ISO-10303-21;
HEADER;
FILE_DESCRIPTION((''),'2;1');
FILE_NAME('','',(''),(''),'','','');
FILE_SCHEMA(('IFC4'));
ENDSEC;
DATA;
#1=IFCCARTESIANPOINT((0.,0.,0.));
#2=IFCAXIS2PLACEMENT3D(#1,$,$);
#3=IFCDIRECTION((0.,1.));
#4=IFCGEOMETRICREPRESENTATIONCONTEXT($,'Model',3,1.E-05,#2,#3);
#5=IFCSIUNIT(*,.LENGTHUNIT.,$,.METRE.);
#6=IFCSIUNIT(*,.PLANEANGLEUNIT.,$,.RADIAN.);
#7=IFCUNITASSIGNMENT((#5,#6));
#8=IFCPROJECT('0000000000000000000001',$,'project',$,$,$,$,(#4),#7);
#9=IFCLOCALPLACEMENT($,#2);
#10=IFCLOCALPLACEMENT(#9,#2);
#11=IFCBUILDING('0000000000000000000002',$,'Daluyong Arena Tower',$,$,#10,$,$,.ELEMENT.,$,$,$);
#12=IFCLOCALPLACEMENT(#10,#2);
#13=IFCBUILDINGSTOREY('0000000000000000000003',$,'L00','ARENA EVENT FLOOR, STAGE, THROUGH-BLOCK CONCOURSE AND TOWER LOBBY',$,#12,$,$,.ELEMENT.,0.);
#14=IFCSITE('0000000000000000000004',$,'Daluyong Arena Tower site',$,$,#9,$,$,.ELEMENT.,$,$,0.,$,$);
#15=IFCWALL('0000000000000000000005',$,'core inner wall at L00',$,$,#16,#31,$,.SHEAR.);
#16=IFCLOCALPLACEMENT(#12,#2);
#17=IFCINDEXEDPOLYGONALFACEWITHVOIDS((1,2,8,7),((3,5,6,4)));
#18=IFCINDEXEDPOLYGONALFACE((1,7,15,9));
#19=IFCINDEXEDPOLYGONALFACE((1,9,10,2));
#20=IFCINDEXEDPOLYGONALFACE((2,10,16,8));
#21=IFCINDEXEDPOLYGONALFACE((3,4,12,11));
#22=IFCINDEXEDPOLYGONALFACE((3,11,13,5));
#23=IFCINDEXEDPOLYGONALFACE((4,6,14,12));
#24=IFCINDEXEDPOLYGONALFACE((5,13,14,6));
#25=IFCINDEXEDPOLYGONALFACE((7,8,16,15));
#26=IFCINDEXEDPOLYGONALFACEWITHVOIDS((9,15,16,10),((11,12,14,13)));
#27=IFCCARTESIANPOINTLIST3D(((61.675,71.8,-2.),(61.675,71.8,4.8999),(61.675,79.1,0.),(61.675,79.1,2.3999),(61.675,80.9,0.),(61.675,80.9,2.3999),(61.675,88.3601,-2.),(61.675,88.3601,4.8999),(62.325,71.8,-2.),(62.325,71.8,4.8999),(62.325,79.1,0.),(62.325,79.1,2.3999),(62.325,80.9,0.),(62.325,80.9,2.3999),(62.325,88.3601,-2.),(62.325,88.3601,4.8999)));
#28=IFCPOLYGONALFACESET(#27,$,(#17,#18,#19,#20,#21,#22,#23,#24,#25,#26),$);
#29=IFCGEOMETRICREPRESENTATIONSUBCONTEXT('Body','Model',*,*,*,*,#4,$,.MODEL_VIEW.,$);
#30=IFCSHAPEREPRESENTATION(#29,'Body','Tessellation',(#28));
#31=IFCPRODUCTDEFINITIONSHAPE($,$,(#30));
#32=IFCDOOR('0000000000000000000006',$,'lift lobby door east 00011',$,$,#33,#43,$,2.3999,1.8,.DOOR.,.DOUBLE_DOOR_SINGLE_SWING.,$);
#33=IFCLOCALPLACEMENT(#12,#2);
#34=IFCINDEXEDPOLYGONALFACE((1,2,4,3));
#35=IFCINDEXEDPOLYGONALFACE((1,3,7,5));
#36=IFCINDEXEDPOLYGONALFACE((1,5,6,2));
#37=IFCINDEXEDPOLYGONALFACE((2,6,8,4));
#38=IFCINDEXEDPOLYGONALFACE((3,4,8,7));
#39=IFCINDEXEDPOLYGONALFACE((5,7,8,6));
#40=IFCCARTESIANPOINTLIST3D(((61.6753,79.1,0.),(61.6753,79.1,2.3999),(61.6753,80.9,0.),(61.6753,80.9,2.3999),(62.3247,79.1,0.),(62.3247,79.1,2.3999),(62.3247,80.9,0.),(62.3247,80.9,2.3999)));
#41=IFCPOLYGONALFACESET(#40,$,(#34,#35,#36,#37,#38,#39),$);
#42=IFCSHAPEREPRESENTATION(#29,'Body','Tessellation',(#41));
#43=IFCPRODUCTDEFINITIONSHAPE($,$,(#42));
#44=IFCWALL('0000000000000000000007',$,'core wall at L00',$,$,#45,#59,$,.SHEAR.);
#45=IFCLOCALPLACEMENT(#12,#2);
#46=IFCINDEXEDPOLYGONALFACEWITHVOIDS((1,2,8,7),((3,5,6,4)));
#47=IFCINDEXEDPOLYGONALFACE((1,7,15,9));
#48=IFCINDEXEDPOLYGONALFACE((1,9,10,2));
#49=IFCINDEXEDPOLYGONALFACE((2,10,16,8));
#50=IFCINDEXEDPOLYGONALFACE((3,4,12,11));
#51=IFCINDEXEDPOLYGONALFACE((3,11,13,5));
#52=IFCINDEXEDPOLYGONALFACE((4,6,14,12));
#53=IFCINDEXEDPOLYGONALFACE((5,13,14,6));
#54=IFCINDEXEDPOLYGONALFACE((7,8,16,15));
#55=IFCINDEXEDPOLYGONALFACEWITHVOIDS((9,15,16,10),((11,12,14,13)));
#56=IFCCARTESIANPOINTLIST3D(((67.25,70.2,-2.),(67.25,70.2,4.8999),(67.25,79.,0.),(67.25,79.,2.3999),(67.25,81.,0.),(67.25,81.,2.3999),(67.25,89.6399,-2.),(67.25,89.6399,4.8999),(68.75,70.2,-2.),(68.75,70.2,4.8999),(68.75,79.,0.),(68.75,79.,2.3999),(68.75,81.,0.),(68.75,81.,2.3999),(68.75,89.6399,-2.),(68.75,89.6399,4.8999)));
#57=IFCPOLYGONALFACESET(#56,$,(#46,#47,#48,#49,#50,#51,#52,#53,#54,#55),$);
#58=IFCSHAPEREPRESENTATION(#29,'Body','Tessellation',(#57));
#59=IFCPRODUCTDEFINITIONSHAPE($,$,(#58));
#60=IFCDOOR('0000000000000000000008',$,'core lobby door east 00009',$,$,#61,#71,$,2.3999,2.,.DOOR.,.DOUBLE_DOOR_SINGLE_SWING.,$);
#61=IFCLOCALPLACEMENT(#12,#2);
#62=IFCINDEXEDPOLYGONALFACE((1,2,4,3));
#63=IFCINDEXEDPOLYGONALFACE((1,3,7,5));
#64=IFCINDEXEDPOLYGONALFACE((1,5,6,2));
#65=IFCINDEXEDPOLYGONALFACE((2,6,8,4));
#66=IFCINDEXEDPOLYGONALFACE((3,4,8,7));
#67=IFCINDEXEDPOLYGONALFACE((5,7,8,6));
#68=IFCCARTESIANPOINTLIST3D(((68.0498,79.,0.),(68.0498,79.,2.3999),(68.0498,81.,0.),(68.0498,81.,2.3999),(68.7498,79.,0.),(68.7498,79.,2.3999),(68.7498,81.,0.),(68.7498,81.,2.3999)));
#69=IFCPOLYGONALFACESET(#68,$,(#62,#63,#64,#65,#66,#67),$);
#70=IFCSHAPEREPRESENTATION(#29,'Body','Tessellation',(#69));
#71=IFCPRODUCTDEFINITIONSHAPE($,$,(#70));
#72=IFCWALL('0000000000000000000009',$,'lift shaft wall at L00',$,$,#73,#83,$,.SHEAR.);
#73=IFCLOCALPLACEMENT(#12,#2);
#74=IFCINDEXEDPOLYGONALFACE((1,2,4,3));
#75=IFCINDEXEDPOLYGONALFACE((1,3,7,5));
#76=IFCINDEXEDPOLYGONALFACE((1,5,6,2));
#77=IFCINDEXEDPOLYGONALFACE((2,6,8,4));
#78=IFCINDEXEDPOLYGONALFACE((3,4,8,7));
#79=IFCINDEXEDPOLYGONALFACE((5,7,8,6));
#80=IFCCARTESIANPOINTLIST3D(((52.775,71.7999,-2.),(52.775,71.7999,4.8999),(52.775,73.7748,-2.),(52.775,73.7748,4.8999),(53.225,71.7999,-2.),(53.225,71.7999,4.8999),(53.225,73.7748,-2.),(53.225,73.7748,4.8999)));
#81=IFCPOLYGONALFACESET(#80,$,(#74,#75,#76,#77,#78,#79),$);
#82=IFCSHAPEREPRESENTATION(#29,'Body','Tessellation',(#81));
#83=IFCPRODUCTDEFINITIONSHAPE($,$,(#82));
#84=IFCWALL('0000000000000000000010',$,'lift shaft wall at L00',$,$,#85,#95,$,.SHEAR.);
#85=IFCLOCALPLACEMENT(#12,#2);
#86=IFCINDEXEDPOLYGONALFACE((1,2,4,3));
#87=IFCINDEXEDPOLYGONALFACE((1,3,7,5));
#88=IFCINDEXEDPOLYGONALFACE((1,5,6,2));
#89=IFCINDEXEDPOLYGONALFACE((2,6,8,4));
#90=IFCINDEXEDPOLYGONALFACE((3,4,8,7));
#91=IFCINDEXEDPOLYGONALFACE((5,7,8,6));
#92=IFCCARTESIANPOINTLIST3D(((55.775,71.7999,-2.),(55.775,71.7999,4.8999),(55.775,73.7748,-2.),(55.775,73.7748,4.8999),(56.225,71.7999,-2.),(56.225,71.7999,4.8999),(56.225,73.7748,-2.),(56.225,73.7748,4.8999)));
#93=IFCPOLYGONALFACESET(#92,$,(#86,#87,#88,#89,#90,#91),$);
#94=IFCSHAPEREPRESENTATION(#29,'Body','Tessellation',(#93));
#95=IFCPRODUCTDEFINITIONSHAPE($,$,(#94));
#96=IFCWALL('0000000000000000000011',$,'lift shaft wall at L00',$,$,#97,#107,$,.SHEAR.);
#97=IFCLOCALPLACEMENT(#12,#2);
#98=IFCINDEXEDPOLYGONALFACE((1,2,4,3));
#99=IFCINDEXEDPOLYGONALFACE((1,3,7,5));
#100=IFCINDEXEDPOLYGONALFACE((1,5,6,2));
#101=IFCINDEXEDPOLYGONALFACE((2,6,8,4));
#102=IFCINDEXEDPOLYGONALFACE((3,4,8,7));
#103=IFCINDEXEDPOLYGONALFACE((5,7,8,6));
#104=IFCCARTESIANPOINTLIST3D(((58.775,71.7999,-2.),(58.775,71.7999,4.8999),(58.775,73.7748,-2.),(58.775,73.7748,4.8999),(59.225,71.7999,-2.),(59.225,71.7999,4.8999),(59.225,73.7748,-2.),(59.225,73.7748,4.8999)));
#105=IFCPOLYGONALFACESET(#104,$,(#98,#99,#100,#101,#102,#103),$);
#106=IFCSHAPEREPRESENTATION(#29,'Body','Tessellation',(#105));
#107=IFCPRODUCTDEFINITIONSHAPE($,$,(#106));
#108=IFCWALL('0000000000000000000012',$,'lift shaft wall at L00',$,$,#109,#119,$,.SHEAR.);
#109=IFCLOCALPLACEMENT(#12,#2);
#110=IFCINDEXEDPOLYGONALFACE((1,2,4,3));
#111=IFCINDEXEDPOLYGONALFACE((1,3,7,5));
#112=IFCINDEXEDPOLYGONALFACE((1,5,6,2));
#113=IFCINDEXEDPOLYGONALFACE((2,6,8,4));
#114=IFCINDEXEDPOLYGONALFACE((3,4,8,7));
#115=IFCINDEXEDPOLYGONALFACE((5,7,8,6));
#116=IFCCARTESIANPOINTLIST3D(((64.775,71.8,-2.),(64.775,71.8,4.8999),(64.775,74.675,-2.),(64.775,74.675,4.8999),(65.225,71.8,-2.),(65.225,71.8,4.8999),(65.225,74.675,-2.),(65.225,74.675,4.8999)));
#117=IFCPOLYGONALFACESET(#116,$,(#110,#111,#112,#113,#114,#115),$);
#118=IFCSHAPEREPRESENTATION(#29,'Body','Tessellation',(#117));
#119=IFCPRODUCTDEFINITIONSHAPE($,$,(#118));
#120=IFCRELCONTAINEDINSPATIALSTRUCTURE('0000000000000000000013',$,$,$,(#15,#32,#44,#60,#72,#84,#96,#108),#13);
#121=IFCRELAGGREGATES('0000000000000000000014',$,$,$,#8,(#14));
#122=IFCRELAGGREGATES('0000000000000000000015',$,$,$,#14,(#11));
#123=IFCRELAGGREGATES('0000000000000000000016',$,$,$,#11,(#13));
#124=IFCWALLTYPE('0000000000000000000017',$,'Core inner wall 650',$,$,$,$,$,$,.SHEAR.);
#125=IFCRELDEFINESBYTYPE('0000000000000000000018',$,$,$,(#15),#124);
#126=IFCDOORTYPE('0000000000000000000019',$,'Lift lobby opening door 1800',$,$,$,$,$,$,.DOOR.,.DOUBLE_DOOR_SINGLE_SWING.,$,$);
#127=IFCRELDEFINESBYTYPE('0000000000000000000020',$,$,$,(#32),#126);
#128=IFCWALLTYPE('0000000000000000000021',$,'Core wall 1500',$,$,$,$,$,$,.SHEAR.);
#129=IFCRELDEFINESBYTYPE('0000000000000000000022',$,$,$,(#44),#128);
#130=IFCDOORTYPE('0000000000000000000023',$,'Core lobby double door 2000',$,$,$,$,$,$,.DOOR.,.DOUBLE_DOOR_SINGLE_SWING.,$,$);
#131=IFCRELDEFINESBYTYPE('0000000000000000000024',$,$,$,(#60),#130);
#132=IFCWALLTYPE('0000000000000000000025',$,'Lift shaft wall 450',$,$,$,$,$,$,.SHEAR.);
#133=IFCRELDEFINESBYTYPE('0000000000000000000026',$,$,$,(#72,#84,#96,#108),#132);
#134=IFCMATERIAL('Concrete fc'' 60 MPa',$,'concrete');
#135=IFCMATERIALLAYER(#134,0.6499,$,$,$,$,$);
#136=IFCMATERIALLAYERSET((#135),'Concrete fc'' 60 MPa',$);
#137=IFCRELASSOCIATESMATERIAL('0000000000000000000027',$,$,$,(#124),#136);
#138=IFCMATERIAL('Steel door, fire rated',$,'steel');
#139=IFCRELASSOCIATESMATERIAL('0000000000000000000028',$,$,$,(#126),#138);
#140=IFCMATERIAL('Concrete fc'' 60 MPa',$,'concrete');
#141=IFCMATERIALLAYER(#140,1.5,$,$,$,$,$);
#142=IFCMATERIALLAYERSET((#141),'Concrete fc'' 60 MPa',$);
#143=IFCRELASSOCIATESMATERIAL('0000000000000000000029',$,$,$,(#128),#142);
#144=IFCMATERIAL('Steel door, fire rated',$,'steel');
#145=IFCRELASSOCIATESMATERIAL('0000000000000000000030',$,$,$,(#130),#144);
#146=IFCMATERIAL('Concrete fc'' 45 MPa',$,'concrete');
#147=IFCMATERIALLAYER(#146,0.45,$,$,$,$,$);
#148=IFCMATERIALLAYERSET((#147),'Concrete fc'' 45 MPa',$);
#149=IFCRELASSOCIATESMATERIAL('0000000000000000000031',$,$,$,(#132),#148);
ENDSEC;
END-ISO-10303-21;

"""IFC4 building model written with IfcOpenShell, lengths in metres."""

from ifc_helpers import new_model, si_unit, direction, frame, frame_2d, origin, place, context, subcontext, project, spatial, rectangle, extrude, material, layer, layer_set, type_object, element, fill, save


model = new_model("IFC4")

# Units and contexts
model_context = context("Model", 3, precision=1e-05, world=origin(), true_north=direction((0.0, 1.0)))
body_context = subcontext(model_context, "Body", "Model", "MODEL_VIEW")
ifc_project = project(units=[si_unit("LENGTHUNIT", "METRE"), si_unit("PLANEANGLEUNIT", "RADIAN")], contexts=[model_context])

# Site, building, storey
site_placement = place(None, origin())
site = spatial("IfcSite", under=ifc_project, at=site_placement, Name="Daluyong Arena Tower site", CompositionType="ELEMENT", RefElevation=0.0)
building_placement = place(site_placement, origin())
building = spatial("IfcBuilding", under=site, at=building_placement, Name="Daluyong Arena Tower", CompositionType="ELEMENT")
storey_placement = place(building_placement, origin())
storey = spatial("IfcBuildingStorey", under=building, at=storey_placement, Name="L00", Description="ARENA EVENT FLOOR, STAGE, THROUGH-BLOCK CONCOURSE AND TOWER LOBBY", CompositionType="ELEMENT", Elevation=0.0)

# Walls, openings, doors
ifc_material_1 = material(Name="Concrete fc' 60 MPa", Category="concrete")
ifc_layer_1 = layer(ifc_material_1, 0.6499)
ifc_layer_set_1 = layer_set([ifc_layer_1], Name="Concrete fc' 60 MPa")
wall_type_1 = type_object("IfcWallType", Name="Core inner wall 650", PredefinedType="SHEAR", material=ifc_layer_set_1)
ifc_material_2 = material(Name="Steel door, fire rated", Category="steel")
door_type_1 = type_object("IfcDoorType", Name="Lift lobby opening door 1800", OperationType="DOUBLE_DOOR_SINGLE_SWING", PredefinedType="DOOR", material=ifc_material_2)
wall_1_placement = place(storey_placement, frame((62.0, 71.8, -2.0), z_axis=(0.0, 0.0, 1.0), x_axis=(0.0, 1.0, 0.0)))
wall_1 = element("IfcWall", 1, at=wall_1_placement, inside=storey, type_object=wall_type_1, Name="core inner wall at L00", PredefinedType="SHEAR", context=body_context, shape_type="SweptSolid", body=[
    extrude(rectangle(XDim=16.5601, YDim=0.6499, at=frame_2d((8.28, 0.0))), origin(), (0.0, 0.0, 1.0), 6.8999),
])
opening_1_placement = place(wall_1_placement, frame((7.3, 0.0, 2.0)))
opening_1 = element("IfcOpeningElement", 2, at=opening_1_placement, cuts=wall_1, PredefinedType="OPENING", context=body_context, shape_type="SweptSolid", body=[
    extrude(rectangle(XDim=1.8, YDim=2.3999, at=frame_2d((0.8999, 1.2))), frame((0.0, 0.335, 0.0), z_axis=(0.0, -1.0, 0.0), x_axis=(1.0, 0.0, 0.0)), (0.0, 0.0, 1.0), 0.6699),
])
door_1_placement = place(opening_1_placement, origin())
door_1 = element("IfcDoor", 3, at=door_1_placement, inside=storey, type_object=door_type_1, Name="lift lobby door east 00011", OperationType="DOUBLE_DOOR_SINGLE_SWING", OverallHeight=2.3999, OverallWidth=1.8, PredefinedType="DOOR", context=body_context, shape_type="SweptSolid", body=[
    extrude(rectangle(XDim=1.8, YDim=2.3999, at=frame_2d((0.8999, 1.2))), frame((0.0, 0.3247, 0.0), z_axis=(0.0, -1.0, 0.0), x_axis=(1.0, 0.0, 0.0)), (0.0, 0.0, 1.0), 0.6494),
])
fill(opening_1, door_1)
ifc_material_3 = material(Name="Concrete fc' 60 MPa", Category="concrete")
ifc_layer_2 = layer(ifc_material_3, 1.5)
ifc_layer_set_2 = layer_set([ifc_layer_2], Name="Concrete fc' 60 MPa")
wall_type_2 = type_object("IfcWallType", Name="Core wall 1500", PredefinedType="SHEAR", material=ifc_layer_set_2)
wall_2_placement = place(storey_placement, frame((68.0, 70.2, -2.0), z_axis=(0.0, 0.0, 1.0), x_axis=(0.0, 1.0, 0.0)))
wall_2 = element("IfcWall", 4, at=wall_2_placement, inside=storey, type_object=wall_type_2, Name="core wall at L00", PredefinedType="SHEAR", context=body_context, shape_type="SweptSolid", body=[
    extrude(rectangle(XDim=19.4399, YDim=1.5, at=frame_2d((9.72, 0.0))), origin(), (0.0, 0.0, 1.0), 6.8999),
])
opening_2_placement = place(wall_2_placement, frame((8.8, 0.0, 2.0)))
opening_2 = element("IfcOpeningElement", 5, at=opening_2_placement, cuts=wall_2, PredefinedType="OPENING", context=body_context, shape_type="SweptSolid", body=[
    extrude(rectangle(XDim=2.0, YDim=2.3999, at=frame_2d((1.0, 1.2))), frame((0.0, 0.76, 0.0), z_axis=(0.0, -1.0, 0.0), x_axis=(1.0, 0.0, 0.0)), (0.0, 0.0, 1.0), 1.52),
])
ifc_material_4 = material(Name="Steel door, fire rated", Category="steel")
door_type_2 = type_object("IfcDoorType", Name="Core lobby double door 2000", OperationType="DOUBLE_DOOR_SINGLE_SWING", PredefinedType="DOOR", material=ifc_material_4)
door_2_placement = place(opening_2_placement, origin())
door_2 = element("IfcDoor", 6, at=door_2_placement, inside=storey, type_object=door_type_2, Name="core lobby door east 00009", OperationType="DOUBLE_DOOR_SINGLE_SWING", OverallHeight=2.3999, OverallWidth=2.0, PredefinedType="DOOR", context=body_context, shape_type="SweptSolid", body=[
    extrude(rectangle(XDim=2.0, YDim=2.3999, at=frame_2d((1.0, 1.2))), frame((0.0, -0.0498, 0.0), z_axis=(0.0, -1.0, 0.0), x_axis=(1.0, 0.0, 0.0)), (0.0, 0.0, 1.0), 0.7),
])
fill(opening_2, door_2)

# Walls
ifc_material_5 = material(Name="Concrete fc' 45 MPa", Category="concrete")
ifc_layer_3 = layer(ifc_material_5, 0.45)
ifc_layer_set_3 = layer_set([ifc_layer_3], Name="Concrete fc' 45 MPa")
wall_type_3 = type_object("IfcWallType", Name="Lift shaft wall 450", PredefinedType="SHEAR", material=ifc_layer_set_3)
for number, where, z_axis, x_axis, name in (
    (7, (53.0, 71.8, -2.0), (0.0, 0.0, 1.0), (0.0, 1.0, 0.0), "lift shaft wall at L00"),
    (8, (56.0, 71.8, -2.0), (0.0, 0.0, 1.0), (0.0, 1.0, 0.0), "lift shaft wall at L00"),
    (9, (59.0, 71.8, -2.0), (0.0, 0.0, 1.0), (0.0, 1.0, 0.0), "lift shaft wall at L00"),
):
    element("IfcWall", number, at=place(storey_placement, frame(where, z_axis=z_axis, x_axis=x_axis)), inside=storey, type_object=wall_type_3, Name=name, PredefinedType="SHEAR", context=body_context, shape_type="SweptSolid", body=[
        extrude(rectangle(XDim=1.9749, YDim=0.45, at=frame_2d((0.9873, 0.0))), origin(), (0.0, 0.0, 1.0), 6.8999),
    ])
wall_3_placement = place(storey_placement, frame((65.0, 71.8, -2.0), z_axis=(0.0, 0.0, 1.0), x_axis=(0.0, 1.0, 0.0)))
element("IfcWall", 10, at=wall_3_placement, inside=storey, type_object=wall_type_3, Name="lift shaft wall at L00", PredefinedType="SHEAR", context=body_context, shape_type="SweptSolid", body=[
    extrude(rectangle(XDim=2.875, YDim=0.45, at=frame_2d((1.4375, 0.0))), origin(), (0.0, 0.0, 1.0), 6.8999),
])

save(model, "model.ifc")
